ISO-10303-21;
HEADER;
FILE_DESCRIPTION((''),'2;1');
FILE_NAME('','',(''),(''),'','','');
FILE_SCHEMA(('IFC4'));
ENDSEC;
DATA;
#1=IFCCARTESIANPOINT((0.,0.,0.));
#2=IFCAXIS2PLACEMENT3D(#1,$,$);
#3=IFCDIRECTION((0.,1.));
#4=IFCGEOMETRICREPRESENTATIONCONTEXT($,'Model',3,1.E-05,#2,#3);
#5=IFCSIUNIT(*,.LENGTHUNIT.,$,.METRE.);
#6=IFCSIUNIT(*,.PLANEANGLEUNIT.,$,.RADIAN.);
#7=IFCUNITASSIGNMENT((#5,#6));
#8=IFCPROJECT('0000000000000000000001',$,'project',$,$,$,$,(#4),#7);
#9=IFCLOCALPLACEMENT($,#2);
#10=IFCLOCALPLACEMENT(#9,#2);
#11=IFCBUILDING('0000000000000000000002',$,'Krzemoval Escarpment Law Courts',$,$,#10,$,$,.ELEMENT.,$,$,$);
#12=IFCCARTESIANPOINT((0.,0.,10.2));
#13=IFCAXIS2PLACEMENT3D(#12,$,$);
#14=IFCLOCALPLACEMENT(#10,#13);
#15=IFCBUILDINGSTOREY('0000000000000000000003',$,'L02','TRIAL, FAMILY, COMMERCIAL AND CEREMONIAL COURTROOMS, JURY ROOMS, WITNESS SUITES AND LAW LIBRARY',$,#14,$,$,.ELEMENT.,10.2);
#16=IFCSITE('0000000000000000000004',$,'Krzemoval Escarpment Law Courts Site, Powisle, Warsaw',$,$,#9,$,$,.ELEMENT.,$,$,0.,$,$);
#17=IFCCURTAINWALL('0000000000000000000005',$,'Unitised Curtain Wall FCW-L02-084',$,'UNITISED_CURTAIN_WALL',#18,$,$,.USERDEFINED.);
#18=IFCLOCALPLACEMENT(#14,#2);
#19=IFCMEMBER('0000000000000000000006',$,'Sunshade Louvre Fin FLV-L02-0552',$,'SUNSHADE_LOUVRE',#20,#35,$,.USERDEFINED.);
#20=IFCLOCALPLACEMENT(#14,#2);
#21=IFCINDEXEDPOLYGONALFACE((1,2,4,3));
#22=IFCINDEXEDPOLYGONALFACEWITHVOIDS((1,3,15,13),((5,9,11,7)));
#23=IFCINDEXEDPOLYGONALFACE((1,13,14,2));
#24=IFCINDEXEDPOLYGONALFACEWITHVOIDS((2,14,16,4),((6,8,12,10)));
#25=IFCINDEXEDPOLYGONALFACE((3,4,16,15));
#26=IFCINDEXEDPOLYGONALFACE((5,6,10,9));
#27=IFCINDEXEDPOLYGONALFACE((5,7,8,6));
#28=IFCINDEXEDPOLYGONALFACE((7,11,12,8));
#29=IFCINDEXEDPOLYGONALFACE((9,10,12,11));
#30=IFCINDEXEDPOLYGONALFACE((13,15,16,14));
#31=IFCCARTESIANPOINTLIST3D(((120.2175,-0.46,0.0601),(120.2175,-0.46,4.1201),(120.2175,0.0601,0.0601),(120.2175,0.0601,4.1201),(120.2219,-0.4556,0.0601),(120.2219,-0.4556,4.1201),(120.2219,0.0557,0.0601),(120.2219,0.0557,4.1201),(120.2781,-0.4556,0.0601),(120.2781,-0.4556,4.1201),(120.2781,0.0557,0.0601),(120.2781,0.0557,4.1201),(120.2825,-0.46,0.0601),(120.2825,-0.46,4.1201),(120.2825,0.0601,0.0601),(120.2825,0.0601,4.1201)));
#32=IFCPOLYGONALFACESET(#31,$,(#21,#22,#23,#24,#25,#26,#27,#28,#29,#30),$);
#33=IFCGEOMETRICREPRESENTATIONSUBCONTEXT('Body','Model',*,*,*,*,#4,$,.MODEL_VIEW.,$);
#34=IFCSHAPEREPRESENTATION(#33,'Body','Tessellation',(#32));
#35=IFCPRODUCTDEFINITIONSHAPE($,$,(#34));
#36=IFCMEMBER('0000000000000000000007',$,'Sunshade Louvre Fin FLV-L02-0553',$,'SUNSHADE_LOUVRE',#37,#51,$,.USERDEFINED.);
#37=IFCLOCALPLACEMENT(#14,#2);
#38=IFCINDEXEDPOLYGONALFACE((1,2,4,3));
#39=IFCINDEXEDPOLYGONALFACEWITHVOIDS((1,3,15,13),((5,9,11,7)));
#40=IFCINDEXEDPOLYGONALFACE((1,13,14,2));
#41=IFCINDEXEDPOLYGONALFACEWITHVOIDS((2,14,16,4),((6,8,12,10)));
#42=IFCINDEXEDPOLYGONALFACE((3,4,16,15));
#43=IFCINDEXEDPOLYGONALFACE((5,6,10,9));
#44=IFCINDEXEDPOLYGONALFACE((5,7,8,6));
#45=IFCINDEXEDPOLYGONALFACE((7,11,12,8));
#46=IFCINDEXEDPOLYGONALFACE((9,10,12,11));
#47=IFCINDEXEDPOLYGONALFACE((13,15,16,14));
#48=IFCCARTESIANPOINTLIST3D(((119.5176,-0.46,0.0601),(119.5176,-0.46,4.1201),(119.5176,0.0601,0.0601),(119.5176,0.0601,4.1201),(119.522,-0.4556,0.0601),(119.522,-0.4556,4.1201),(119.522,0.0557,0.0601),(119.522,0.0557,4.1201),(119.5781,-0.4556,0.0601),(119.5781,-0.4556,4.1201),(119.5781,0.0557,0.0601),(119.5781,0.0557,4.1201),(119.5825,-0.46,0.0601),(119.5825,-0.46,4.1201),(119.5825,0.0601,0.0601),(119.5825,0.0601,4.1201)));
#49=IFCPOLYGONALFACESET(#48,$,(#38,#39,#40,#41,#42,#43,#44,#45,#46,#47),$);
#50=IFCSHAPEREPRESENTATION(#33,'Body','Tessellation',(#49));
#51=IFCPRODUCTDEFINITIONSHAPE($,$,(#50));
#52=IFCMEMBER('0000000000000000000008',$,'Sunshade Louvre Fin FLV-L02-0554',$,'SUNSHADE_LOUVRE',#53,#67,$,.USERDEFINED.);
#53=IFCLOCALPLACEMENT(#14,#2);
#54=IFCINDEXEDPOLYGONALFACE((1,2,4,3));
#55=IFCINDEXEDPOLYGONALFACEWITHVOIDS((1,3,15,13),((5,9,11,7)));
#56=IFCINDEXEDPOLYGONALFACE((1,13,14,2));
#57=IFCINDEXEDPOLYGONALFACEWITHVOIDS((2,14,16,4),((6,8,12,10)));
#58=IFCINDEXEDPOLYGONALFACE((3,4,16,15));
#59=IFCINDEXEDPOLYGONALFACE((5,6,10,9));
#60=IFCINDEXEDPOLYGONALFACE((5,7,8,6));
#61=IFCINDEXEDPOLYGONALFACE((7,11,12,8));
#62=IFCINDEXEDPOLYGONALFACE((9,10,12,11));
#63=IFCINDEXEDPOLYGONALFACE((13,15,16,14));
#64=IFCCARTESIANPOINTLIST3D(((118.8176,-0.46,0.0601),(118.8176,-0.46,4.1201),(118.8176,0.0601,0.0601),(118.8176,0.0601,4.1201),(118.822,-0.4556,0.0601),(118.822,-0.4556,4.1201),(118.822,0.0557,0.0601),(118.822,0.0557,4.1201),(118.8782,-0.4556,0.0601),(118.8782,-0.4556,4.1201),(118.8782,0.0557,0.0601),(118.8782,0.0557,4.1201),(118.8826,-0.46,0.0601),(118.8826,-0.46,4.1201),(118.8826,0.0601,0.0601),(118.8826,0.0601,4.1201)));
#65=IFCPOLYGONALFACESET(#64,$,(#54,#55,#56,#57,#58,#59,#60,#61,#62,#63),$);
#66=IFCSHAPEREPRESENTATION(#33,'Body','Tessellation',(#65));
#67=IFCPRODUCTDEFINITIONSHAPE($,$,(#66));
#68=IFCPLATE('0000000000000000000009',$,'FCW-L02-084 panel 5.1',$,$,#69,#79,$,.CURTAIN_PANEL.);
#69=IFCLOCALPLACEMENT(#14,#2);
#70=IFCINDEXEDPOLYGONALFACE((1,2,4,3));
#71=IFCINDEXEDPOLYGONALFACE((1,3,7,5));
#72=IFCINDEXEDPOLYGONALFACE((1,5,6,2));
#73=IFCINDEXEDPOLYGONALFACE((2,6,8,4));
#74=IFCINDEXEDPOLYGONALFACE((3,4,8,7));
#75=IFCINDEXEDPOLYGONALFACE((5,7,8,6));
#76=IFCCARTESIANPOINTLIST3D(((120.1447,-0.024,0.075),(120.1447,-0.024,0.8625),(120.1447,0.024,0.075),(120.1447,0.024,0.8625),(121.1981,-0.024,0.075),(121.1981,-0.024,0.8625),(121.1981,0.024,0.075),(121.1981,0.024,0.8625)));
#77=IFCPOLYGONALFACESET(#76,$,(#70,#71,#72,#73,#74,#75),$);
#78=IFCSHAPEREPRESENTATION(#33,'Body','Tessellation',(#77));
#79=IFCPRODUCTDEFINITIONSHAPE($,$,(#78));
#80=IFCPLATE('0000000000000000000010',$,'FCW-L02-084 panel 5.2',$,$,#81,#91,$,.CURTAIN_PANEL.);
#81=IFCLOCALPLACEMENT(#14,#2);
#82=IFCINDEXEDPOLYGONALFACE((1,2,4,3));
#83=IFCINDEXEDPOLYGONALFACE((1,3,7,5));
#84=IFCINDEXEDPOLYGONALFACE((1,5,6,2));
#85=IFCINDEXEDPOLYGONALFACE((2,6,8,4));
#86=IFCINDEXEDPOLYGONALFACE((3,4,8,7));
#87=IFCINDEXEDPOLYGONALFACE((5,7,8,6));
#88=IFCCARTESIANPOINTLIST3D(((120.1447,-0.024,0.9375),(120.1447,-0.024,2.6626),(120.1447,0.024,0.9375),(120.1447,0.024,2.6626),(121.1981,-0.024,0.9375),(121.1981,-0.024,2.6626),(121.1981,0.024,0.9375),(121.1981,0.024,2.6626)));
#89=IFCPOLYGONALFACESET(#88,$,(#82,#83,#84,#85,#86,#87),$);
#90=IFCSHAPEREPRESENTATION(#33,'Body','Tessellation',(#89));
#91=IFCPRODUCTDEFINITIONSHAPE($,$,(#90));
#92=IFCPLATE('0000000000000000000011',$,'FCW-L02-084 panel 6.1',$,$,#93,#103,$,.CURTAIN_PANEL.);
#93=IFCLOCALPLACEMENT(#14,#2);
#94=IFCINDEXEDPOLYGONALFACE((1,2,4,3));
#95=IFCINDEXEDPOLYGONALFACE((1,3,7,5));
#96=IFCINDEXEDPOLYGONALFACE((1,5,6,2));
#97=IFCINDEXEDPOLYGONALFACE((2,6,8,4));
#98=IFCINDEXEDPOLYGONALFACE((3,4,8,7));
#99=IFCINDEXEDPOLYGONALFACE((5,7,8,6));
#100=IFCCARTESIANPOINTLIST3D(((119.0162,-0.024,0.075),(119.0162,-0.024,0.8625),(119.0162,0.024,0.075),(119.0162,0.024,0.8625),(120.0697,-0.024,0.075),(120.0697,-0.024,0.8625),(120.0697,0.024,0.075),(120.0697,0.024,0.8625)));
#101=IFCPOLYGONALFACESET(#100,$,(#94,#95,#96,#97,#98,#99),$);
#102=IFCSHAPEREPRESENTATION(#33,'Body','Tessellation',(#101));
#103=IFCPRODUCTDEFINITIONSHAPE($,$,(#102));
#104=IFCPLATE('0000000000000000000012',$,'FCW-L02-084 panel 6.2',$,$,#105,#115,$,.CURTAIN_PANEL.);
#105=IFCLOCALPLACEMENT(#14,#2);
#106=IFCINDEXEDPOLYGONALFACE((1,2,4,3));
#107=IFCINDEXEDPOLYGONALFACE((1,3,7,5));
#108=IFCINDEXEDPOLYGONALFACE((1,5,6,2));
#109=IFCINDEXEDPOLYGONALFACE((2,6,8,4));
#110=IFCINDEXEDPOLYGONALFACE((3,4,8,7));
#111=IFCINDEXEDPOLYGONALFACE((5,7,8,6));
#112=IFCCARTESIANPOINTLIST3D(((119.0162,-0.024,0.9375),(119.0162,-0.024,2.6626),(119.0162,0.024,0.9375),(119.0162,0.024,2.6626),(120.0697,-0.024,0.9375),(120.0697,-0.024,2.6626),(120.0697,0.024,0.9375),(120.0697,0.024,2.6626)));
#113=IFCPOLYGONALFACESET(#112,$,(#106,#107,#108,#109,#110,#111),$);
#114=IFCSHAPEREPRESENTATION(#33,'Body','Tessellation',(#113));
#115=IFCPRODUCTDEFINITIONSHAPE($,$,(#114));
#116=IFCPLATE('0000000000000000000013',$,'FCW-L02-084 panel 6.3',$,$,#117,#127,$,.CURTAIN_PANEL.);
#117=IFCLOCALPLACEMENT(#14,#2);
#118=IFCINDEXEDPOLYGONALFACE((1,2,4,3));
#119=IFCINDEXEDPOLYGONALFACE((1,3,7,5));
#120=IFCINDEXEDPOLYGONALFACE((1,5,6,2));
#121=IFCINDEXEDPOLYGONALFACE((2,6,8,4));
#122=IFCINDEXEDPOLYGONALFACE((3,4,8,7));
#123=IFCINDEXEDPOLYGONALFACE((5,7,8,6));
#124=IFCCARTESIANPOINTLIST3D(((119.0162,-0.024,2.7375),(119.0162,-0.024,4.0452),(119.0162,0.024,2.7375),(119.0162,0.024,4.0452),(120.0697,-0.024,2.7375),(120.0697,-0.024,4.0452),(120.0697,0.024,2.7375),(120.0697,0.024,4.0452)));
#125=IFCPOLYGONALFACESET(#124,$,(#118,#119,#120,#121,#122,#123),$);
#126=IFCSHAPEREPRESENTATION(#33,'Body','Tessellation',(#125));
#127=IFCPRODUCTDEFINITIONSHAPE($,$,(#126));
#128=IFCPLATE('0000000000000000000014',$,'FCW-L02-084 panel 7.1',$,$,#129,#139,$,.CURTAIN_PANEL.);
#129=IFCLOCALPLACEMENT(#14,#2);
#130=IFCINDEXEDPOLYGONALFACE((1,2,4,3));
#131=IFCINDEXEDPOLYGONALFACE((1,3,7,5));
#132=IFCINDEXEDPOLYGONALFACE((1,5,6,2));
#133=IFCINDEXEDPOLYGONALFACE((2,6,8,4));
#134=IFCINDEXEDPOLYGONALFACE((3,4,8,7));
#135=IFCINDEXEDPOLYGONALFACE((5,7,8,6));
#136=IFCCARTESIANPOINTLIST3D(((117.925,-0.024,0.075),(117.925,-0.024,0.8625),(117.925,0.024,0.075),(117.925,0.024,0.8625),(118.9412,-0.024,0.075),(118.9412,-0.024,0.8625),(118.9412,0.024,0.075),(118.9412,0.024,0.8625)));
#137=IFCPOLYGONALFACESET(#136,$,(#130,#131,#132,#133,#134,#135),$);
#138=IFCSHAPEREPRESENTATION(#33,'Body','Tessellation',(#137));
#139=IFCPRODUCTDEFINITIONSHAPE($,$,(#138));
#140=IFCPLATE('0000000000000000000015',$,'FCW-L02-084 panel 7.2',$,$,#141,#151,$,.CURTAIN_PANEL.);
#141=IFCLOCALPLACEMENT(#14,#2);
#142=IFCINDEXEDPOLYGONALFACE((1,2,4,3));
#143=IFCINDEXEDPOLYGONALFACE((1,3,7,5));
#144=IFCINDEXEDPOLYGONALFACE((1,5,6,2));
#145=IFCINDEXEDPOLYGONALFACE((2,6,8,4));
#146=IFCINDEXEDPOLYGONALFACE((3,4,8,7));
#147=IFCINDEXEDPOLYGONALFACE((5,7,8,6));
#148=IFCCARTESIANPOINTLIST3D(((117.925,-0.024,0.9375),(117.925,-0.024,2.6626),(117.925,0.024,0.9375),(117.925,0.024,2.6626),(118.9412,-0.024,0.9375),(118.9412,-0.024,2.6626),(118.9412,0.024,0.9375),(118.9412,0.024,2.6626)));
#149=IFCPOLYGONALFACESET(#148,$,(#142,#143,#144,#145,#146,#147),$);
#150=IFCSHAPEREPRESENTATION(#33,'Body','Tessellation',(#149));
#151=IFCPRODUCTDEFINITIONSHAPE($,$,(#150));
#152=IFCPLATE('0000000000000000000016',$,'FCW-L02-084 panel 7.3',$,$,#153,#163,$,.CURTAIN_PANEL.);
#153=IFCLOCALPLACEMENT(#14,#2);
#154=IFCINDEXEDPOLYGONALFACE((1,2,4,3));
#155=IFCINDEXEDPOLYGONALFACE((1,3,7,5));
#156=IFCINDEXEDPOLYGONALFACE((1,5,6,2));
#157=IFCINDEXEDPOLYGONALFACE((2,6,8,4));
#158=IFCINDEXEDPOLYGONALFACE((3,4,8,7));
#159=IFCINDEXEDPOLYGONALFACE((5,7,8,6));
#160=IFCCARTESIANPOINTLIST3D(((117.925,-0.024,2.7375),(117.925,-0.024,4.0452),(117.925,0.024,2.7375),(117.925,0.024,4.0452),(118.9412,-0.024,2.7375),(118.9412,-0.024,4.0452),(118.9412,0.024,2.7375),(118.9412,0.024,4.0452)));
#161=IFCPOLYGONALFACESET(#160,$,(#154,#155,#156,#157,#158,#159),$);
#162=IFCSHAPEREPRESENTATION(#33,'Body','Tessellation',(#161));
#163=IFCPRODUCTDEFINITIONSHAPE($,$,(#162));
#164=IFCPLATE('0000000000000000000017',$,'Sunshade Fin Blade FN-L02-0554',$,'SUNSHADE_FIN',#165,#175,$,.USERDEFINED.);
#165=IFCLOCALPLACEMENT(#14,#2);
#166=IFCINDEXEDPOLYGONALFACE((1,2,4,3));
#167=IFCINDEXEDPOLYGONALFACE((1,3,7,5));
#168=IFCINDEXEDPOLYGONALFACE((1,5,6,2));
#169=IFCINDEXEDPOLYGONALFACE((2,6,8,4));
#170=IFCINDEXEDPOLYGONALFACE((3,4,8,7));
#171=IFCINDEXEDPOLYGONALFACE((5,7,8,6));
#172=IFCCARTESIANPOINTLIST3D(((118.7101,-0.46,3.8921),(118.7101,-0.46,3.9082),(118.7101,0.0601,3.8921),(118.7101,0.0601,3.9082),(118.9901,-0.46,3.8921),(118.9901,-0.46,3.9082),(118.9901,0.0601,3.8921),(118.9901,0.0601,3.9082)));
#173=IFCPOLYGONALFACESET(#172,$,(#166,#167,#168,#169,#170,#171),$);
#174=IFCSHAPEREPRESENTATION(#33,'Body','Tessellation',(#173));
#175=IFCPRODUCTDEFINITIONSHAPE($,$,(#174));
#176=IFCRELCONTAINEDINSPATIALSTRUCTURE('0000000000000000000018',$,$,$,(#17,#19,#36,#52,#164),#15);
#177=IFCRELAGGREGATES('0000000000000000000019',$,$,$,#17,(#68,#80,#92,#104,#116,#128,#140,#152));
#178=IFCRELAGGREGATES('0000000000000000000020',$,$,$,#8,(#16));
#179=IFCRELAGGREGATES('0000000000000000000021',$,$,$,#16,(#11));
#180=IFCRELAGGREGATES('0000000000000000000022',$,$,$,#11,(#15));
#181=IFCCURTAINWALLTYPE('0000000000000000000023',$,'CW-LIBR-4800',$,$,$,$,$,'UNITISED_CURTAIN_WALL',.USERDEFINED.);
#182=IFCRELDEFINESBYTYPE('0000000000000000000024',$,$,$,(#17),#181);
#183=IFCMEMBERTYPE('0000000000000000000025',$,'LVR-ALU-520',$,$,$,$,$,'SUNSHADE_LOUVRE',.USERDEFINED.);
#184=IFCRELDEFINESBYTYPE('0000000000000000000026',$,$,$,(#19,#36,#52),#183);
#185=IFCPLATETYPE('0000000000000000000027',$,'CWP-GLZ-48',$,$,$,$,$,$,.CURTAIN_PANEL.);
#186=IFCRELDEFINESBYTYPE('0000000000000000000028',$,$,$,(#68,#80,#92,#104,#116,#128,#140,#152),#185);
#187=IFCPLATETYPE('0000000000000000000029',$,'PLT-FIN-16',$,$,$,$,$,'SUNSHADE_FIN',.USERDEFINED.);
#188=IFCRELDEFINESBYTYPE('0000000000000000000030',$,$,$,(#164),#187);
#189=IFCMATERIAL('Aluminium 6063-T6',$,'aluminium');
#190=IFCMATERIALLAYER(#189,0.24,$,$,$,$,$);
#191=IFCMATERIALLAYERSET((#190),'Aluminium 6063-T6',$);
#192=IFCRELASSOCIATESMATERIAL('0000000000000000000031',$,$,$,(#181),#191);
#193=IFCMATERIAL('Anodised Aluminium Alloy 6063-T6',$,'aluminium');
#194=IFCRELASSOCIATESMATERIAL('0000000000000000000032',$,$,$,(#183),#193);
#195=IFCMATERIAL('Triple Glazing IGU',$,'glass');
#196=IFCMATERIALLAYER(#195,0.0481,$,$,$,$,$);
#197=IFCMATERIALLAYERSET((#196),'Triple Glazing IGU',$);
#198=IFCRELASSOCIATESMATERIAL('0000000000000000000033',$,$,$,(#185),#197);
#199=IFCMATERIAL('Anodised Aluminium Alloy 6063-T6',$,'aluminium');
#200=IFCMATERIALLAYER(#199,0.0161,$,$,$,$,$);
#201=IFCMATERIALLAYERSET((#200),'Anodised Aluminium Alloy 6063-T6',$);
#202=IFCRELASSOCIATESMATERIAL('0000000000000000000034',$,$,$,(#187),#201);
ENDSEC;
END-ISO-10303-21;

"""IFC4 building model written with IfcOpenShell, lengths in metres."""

from ifc_helpers import new_model, si_unit, direction, frame, origin, origin_2d, place, context, subcontext, project, spatial, rectangle, hollow_rectangle, extrude, material, layer, layer_set, material_profile, profile_set, type_object, element, aggregate, save


model = new_model("IFC4")

# Units and contexts
model_context = context("Model", 3, precision=1e-05, world=origin(), true_north=direction((0.0, 1.0)))
body_context = subcontext(model_context, "Body", "Model", "MODEL_VIEW")
ifc_project = project(units=[si_unit("LENGTHUNIT", "METRE"), si_unit("PLANEANGLEUNIT", "RADIAN")], contexts=[model_context])

# Site, building, storey
site_placement = place(None, origin())
site = spatial("IfcSite", under=ifc_project, at=site_placement, Name="Krzemoval Escarpment Law Courts Site, Powisle, Warsaw", CompositionType="ELEMENT", RefElevation=0.0)
building_placement = place(site_placement, origin())
building = spatial("IfcBuilding", under=site, at=building_placement, Name="Krzemoval Escarpment Law Courts", CompositionType="ELEMENT")
storey_placement = place(building_placement, frame((0.0, 0.0, 10.2)))
storey = spatial("IfcBuildingStorey", under=building, at=storey_placement, Name="L02", Description="TRIAL, FAMILY, COMMERCIAL AND CEREMONIAL COURTROOMS, JURY ROOMS, WITNESS SUITES AND LAW LIBRARY", CompositionType="ELEMENT", Elevation=10.2)

# Curtain wall
ifc_material_1 = material(Name="Aluminium 6063-T6", Category="aluminium")
ifc_layer_1 = layer(ifc_material_1, 0.24)
ifc_layer_set_1 = layer_set([ifc_layer_1], Name="Aluminium 6063-T6")
curtain_wall_type = type_object("IfcCurtainWallType", Name="CW-LIBR-4800", ElementType="UNITISED_CURTAIN_WALL", PredefinedType="USERDEFINED", material=ifc_layer_set_1)
curtain_wall_placement = place(storey_placement, origin())
curtain_wall = element("IfcCurtainWall", 1, at=curtain_wall_placement, inside=storey, type_object=curtain_wall_type, Name="Unitised Curtain Wall FCW-L02-084", ObjectType="UNITISED_CURTAIN_WALL", PredefinedType="USERDEFINED")

# Members
ifc_material_2 = material(Name="Anodised Aluminium Alloy 6063-T6", Category="aluminium")
ifc_material_profile_1 = material_profile(ifc_material_2, hollow_rectangle(XDim=0.0649, YDim=0.52, WallThickness=0.0044, at=origin_2d()), Name="ALU LVR 65x520")
ifc_profile_set_1 = profile_set([ifc_material_profile_1], Name="Anodised Aluminium Alloy 6063-T6")
member_type_1 = type_object("IfcMemberType", Name="LVR-ALU-520", ElementType="SUNSHADE_LOUVRE", PredefinedType="USERDEFINED", material=ifc_profile_set_1)
for number, where, z_axis, x_axis, name in (
    (2, (120.25, -0.2, 0.0601), (0.0, 0.0, 1.0), (1.0, 0.0, 0.0), "Sunshade Louvre Fin FLV-L02-0552"),
    (3, (119.55, -0.2, 0.0601), (0.0, 0.0, 1.0), (1.0, 0.0, 0.0), "Sunshade Louvre Fin FLV-L02-0553"),
    (4, (118.8501, -0.2, 0.0601), (0.0, 0.0, 1.0), (1.0, 0.0, 0.0), "Sunshade Louvre Fin FLV-L02-0554"),
):
    element("IfcMember", number, at=place(storey_placement, frame(where, z_axis=z_axis, x_axis=x_axis)), inside=storey, type_object=member_type_1, Name=name, ObjectType="SUNSHADE_LOUVRE", PredefinedType="USERDEFINED", context=body_context, shape_type="SweptSolid", body=[
        extrude(hollow_rectangle(XDim=0.0649, YDim=0.52, WallThickness=0.0044, at=origin_2d()), origin(), (0.0, 0.0, 1.0), 4.0601),
    ])

# Plates
ifc_material_3 = material(Name="Triple Glazing IGU", Category="glass")
ifc_layer_2 = layer(ifc_material_3, 0.0481)
ifc_layer_set_2 = layer_set([ifc_layer_2], Name="Triple Glazing IGU")
plate_type_1 = type_object("IfcPlateType", Name="CWP-GLZ-48", PredefinedType="CURTAIN_PANEL", material=ifc_layer_set_2)
plate_1_placement = place(storey_placement, frame((120.6714, 0.0, 0.075), z_axis=(0.0, 0.0, 1.0), x_axis=(-1.0, 0.0, 0.0)))
plate_1 = element("IfcPlate", 5, at=plate_1_placement, type_object=plate_type_1, Name="FCW-L02-084 panel 5.1", PredefinedType="CURTAIN_PANEL", context=body_context, shape_type="SweptSolid", body=[
    extrude(rectangle(XDim=1.0535, YDim=0.0481, at=origin_2d()), origin(), (0.0, 0.0, 1.0), 0.7876),
])
plate_2_placement = place(storey_placement, frame((120.6714, 0.0, 0.9375), z_axis=(0.0, 0.0, 1.0), x_axis=(-1.0, 0.0, 0.0)))
plate_2 = element("IfcPlate", 6, at=plate_2_placement, type_object=plate_type_1, Name="FCW-L02-084 panel 5.2", PredefinedType="CURTAIN_PANEL", context=body_context, shape_type="SweptSolid", body=[
    extrude(rectangle(XDim=1.0535, YDim=0.0481, at=origin_2d()), origin(), (0.0, 0.0, 1.0), 1.7251),
])
plate_3_placement = place(storey_placement, frame((119.543, 0.0, 0.075), z_axis=(0.0, 0.0, 1.0), x_axis=(-1.0, 0.0, 0.0)))
plate_3 = element("IfcPlate", 7, at=plate_3_placement, type_object=plate_type_1, Name="FCW-L02-084 panel 6.1", PredefinedType="CURTAIN_PANEL", context=body_context, shape_type="SweptSolid", body=[
    extrude(rectangle(XDim=1.0535, YDim=0.0481, at=origin_2d()), origin(), (0.0, 0.0, 1.0), 0.7876),
])
plate_4_placement = place(storey_placement, frame((119.543, 0.0, 0.9375), z_axis=(0.0, 0.0, 1.0), x_axis=(-1.0, 0.0, 0.0)))
plate_4 = element("IfcPlate", 8, at=plate_4_placement, type_object=plate_type_1, Name="FCW-L02-084 panel 6.2", PredefinedType="CURTAIN_PANEL", context=body_context, shape_type="SweptSolid", body=[
    extrude(rectangle(XDim=1.0535, YDim=0.0481, at=origin_2d()), origin(), (0.0, 0.0, 1.0), 1.7251),
])
plate_5_placement = place(storey_placement, frame((119.543, 0.0, 2.7375), z_axis=(0.0, 0.0, 1.0), x_axis=(-1.0, 0.0, 0.0)))
plate_5 = element("IfcPlate", 9, at=plate_5_placement, type_object=plate_type_1, Name="FCW-L02-084 panel 6.3", PredefinedType="CURTAIN_PANEL", context=body_context, shape_type="SweptSolid", body=[
    extrude(rectangle(XDim=1.0535, YDim=0.0481, at=origin_2d()), origin(), (0.0, 0.0, 1.0), 1.3076),
])
plate_6_placement = place(storey_placement, frame((118.4331, 0.0, 0.075), z_axis=(0.0, 0.0, 1.0), x_axis=(-1.0, 0.0, 0.0)))
plate_6 = element("IfcPlate", 10, at=plate_6_placement, type_object=plate_type_1, Name="FCW-L02-084 panel 7.1", PredefinedType="CURTAIN_PANEL", context=body_context, shape_type="SweptSolid", body=[
    extrude(rectangle(XDim=1.0161, YDim=0.0481, at=origin_2d()), origin(), (0.0, 0.0, 1.0), 0.7876),
])
plate_7_placement = place(storey_placement, frame((118.4331, 0.0, 0.9375), z_axis=(0.0, 0.0, 1.0), x_axis=(-1.0, 0.0, 0.0)))
plate_7 = element("IfcPlate", 11, at=plate_7_placement, type_object=plate_type_1, Name="FCW-L02-084 panel 7.2", PredefinedType="CURTAIN_PANEL", context=body_context, shape_type="SweptSolid", body=[
    extrude(rectangle(XDim=1.0161, YDim=0.0481, at=origin_2d()), origin(), (0.0, 0.0, 1.0), 1.7251),
])
plate_8_placement = place(storey_placement, frame((118.4331, 0.0, 2.7375), z_axis=(0.0, 0.0, 1.0), x_axis=(-1.0, 0.0, 0.0)))
plate_8 = element("IfcPlate", 12, at=plate_8_placement, type_object=plate_type_1, Name="FCW-L02-084 panel 7.3", PredefinedType="CURTAIN_PANEL", context=body_context, shape_type="SweptSolid", body=[
    extrude(rectangle(XDim=1.0161, YDim=0.0481, at=origin_2d()), origin(), (0.0, 0.0, 1.0), 1.3076),
])
aggregate(curtain_wall, [plate_1, plate_2, plate_3, plate_4, plate_5, plate_6, plate_7, plate_8])
ifc_material_4 = material(Name="Anodised Aluminium Alloy 6063-T6", Category="aluminium")
ifc_layer_3 = layer(ifc_material_4, 0.0161)
ifc_layer_set_3 = layer_set([ifc_layer_3], Name="Anodised Aluminium Alloy 6063-T6")
plate_type_2 = type_object("IfcPlateType", Name="PLT-FIN-16", ElementType="SUNSHADE_FIN", PredefinedType="USERDEFINED", material=ifc_layer_set_3)
plate_9_placement = place(storey_placement, frame((118.8501, -0.2, 3.8921), z_axis=(0.0, 0.0, 1.0), x_axis=(0.0, -1.0, 0.0)))
element("IfcPlate", 13, at=plate_9_placement, inside=storey, type_object=plate_type_2, Name="Sunshade Fin Blade FN-L02-0554", ObjectType="SUNSHADE_FIN", PredefinedType="USERDEFINED", context=body_context, shape_type="SweptSolid", body=[
    extrude(rectangle(XDim=0.52, YDim=0.28, at=origin_2d()), origin(), (0.0, 0.0, 1.0), 0.0161),
])

save(model, "model.ifc")
